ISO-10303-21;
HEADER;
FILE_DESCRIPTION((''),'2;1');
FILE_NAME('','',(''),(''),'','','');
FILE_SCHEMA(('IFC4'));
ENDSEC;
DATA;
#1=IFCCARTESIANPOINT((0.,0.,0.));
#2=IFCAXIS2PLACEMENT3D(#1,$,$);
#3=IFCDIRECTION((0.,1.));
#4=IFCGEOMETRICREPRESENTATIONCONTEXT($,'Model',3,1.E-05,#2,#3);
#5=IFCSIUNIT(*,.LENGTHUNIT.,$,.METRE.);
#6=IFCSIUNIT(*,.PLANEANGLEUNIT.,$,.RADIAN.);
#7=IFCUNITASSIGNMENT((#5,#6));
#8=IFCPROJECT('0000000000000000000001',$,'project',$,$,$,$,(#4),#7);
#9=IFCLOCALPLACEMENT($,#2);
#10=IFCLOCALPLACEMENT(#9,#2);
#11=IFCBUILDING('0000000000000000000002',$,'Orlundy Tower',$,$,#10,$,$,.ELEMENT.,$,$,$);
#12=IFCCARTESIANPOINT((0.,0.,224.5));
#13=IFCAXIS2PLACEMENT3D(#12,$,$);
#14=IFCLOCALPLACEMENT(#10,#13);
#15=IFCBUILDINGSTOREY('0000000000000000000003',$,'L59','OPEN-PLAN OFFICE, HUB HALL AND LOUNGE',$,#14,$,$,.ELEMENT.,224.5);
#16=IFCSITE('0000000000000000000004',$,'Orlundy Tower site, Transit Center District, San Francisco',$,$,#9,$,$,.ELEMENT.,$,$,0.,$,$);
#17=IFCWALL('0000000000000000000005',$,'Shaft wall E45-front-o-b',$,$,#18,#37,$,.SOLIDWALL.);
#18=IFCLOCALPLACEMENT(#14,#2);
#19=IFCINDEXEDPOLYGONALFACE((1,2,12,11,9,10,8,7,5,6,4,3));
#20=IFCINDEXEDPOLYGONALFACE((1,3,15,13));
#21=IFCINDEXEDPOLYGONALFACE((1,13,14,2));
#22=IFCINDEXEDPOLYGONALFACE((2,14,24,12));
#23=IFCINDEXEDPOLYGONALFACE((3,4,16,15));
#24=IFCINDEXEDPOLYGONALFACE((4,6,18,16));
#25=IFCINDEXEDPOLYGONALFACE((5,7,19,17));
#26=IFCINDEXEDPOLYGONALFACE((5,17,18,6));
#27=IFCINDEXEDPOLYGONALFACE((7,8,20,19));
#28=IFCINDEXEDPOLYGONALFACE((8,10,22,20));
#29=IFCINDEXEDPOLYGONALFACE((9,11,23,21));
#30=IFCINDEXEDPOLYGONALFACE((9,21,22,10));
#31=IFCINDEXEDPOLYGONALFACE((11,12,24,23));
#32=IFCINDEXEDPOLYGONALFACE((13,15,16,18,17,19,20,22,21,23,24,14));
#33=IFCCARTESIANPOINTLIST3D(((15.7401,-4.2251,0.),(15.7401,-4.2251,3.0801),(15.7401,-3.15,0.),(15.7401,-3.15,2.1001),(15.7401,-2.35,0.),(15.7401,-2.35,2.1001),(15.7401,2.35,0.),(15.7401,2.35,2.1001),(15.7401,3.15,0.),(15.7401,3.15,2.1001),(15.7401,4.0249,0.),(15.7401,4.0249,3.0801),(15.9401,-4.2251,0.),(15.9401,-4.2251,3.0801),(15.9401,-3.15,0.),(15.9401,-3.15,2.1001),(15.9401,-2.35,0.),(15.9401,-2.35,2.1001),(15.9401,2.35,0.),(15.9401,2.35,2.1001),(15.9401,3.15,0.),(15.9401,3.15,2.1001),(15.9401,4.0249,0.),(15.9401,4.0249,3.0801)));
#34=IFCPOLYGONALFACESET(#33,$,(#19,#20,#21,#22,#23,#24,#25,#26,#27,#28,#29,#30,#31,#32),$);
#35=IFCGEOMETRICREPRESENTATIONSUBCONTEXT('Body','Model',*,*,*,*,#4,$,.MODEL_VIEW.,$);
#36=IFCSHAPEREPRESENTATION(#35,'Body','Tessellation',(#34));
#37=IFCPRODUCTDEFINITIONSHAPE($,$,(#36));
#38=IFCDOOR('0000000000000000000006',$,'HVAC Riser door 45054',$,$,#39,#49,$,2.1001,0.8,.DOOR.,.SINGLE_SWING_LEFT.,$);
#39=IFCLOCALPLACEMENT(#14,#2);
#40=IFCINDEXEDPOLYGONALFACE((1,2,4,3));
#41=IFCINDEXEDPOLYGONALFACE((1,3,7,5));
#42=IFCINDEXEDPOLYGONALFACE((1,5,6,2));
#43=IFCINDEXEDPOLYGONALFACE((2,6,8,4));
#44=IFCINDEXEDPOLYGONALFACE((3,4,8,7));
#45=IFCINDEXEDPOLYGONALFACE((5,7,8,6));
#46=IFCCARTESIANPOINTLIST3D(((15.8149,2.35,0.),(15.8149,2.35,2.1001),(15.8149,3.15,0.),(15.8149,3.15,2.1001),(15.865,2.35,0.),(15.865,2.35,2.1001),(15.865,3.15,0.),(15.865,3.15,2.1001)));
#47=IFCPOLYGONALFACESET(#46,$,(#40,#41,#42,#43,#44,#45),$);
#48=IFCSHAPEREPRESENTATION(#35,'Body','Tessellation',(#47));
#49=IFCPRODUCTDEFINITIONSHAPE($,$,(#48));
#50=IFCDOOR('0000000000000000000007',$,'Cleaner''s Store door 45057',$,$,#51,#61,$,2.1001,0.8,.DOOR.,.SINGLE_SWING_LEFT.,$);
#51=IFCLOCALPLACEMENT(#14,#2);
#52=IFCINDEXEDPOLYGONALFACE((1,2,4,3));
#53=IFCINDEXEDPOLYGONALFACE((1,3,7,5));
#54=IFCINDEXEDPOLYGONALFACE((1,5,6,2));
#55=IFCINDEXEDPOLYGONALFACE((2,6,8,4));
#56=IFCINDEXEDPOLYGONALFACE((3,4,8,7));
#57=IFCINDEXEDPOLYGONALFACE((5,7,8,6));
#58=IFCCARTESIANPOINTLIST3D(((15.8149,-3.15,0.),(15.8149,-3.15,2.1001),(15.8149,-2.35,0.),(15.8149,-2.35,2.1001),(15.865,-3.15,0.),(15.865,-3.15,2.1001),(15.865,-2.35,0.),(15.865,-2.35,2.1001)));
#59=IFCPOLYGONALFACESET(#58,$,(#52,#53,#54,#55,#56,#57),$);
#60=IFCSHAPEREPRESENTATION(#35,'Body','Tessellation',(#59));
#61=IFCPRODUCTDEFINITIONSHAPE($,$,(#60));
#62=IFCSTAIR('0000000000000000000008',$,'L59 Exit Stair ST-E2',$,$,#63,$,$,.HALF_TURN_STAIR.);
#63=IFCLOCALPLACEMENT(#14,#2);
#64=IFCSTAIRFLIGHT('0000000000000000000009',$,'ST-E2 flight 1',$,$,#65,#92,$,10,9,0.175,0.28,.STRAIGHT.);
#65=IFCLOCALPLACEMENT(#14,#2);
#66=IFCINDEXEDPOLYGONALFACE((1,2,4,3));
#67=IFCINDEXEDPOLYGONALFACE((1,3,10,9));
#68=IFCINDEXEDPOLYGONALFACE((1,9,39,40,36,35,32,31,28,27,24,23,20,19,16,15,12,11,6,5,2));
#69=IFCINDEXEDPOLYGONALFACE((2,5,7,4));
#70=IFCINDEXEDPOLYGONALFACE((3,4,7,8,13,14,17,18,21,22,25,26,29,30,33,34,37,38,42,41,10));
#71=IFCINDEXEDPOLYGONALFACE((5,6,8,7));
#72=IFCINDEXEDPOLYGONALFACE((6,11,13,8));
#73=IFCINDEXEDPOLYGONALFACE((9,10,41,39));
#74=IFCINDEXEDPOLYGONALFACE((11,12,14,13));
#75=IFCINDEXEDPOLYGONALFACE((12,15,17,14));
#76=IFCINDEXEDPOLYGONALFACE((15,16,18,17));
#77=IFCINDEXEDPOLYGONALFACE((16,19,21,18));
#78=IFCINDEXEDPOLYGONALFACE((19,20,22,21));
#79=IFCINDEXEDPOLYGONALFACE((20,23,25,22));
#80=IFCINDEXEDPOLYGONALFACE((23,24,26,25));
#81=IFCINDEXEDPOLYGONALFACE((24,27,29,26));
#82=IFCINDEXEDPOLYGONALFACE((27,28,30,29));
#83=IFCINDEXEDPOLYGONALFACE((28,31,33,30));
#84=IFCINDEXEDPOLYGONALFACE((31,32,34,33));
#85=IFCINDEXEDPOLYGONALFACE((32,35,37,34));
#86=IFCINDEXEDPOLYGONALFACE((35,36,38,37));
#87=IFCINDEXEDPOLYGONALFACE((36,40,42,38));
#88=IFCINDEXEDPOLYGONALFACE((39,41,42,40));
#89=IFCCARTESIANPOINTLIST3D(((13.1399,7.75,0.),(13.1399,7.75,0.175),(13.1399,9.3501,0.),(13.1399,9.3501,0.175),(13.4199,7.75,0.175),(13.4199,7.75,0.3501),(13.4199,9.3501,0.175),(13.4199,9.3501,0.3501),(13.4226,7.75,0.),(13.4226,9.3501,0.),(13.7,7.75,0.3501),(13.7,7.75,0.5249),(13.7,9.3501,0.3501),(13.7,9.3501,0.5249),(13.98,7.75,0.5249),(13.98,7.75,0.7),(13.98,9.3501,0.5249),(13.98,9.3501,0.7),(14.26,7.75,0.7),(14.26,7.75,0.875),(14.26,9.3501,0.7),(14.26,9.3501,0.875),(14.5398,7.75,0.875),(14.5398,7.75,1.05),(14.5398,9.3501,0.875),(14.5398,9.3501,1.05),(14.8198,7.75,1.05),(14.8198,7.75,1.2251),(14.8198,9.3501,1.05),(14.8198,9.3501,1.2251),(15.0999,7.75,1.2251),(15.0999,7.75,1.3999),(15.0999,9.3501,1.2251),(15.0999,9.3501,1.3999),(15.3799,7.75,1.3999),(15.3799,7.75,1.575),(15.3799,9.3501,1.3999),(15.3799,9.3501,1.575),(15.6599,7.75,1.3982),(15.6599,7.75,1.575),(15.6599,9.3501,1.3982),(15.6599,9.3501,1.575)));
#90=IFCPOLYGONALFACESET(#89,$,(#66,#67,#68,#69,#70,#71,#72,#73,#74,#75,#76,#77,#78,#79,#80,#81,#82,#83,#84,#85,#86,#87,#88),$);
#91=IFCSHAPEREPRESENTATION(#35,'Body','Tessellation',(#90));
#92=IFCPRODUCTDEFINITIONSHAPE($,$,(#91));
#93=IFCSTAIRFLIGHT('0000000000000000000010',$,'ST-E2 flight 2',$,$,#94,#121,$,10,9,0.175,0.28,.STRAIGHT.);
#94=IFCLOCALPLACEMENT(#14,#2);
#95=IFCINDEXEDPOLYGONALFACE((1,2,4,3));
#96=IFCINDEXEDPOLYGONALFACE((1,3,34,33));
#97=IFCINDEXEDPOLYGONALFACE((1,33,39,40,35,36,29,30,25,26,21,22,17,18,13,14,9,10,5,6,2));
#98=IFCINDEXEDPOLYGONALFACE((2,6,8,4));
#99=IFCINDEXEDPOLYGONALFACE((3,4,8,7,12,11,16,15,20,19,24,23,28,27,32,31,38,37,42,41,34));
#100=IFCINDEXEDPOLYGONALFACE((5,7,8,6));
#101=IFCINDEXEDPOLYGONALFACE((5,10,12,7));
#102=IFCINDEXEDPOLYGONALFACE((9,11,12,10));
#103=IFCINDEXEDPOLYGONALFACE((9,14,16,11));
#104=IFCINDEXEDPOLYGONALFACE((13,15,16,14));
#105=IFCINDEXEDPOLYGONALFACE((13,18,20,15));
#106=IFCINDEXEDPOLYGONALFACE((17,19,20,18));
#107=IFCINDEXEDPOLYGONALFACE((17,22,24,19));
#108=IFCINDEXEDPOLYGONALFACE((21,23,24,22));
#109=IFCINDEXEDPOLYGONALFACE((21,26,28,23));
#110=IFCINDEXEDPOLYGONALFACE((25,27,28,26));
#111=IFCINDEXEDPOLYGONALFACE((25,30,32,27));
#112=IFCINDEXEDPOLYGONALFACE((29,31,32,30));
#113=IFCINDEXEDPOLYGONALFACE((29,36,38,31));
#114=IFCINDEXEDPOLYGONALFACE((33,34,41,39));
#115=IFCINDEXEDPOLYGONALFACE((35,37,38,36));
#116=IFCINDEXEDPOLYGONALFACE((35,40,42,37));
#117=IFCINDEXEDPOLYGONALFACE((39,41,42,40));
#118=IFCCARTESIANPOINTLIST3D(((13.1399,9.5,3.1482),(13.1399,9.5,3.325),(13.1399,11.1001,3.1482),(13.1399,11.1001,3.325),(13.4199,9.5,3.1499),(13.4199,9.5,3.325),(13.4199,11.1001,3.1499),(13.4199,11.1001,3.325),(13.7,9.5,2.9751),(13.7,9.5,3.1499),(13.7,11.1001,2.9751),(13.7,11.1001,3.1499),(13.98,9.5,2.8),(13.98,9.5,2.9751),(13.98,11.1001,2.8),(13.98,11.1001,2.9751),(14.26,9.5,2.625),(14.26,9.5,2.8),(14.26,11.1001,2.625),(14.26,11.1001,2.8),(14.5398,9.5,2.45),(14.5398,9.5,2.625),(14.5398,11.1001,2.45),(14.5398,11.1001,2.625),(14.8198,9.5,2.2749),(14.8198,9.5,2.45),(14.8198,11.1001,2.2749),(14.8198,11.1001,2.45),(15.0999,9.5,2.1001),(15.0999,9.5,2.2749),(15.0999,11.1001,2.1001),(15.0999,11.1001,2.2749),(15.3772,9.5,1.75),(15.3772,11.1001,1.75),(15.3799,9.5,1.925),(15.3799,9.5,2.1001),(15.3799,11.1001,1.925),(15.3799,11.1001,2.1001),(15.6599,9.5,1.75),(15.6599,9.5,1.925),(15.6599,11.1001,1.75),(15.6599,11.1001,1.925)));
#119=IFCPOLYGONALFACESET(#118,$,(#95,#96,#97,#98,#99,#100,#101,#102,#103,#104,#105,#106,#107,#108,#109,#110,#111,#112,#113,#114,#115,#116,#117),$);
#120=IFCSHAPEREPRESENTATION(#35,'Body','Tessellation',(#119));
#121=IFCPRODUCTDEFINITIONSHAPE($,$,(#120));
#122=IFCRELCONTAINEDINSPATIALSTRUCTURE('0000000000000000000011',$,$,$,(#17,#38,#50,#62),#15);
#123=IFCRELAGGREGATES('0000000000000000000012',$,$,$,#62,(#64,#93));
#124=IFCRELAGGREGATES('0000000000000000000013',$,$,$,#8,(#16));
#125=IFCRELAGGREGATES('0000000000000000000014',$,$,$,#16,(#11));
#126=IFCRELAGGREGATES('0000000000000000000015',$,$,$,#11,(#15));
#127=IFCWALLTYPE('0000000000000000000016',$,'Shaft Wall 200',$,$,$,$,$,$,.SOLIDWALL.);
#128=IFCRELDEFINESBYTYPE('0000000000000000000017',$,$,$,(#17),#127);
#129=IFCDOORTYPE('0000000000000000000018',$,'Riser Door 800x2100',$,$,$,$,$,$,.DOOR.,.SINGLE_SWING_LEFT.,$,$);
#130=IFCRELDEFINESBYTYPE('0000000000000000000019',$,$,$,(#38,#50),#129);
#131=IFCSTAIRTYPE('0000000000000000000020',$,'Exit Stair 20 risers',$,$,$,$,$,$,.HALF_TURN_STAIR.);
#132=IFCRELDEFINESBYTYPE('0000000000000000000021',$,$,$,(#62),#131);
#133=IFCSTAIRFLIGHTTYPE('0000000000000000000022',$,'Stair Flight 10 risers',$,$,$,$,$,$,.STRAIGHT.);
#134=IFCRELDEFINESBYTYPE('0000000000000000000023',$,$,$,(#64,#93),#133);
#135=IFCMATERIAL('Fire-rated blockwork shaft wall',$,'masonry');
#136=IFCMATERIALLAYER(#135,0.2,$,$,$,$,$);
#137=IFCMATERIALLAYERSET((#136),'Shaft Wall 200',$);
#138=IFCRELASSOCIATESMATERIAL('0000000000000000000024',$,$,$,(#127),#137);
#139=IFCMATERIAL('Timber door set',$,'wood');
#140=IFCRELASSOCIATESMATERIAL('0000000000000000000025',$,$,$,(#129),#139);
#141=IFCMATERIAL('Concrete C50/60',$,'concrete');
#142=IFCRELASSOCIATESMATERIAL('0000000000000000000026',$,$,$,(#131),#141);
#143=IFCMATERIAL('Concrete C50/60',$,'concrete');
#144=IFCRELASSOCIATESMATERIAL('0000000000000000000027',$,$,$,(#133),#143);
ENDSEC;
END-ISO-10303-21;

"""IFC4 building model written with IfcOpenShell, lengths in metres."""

from ifc_helpers import new_model, si_unit, direction, frame, frame_2d, origin, place, context, subcontext, project, spatial, polyline, rectangle, outline, extrude, material, layer, layer_set, type_object, element, fill, aggregate, save


model = new_model("IFC4")

# Units and contexts
model_context = context("Model", 3, precision=1e-05, world=origin(), true_north=direction((0.0, 1.0)))
body_context = subcontext(model_context, "Body", "Model", "MODEL_VIEW")
ifc_project = project(units=[si_unit("LENGTHUNIT", "METRE"), si_unit("PLANEANGLEUNIT", "RADIAN")], contexts=[model_context])

# Site, building, storey
site_placement = place(None, origin())
site = spatial("IfcSite", under=ifc_project, at=site_placement, Name="Orlundy Tower site, Transit Center District, San Francisco", CompositionType="ELEMENT", RefElevation=0.0)
building_placement = place(site_placement, origin())
building = spatial("IfcBuilding", under=site, at=building_placement, Name="Orlundy Tower", CompositionType="ELEMENT")
storey_placement = place(building_placement, frame((0.0, 0.0, 224.5)))
storey = spatial("IfcBuildingStorey", under=building, at=storey_placement, Name="L59", Description="OPEN-PLAN OFFICE, HUB HALL AND LOUNGE", CompositionType="ELEMENT", Elevation=224.5)

# Shared definitions
ifc_material_1 = material(Name="Fire-rated blockwork shaft wall", Category="masonry")
ifc_layer_1 = layer(ifc_material_1, 0.2)
ifc_layer_set_1 = layer_set([ifc_layer_1], Name="Shaft Wall 200")
wall_type_1 = type_object("IfcWallType", Name="Shaft Wall 200", PredefinedType="SOLIDWALL", material=ifc_layer_set_1)

# Shared definitions
ifc_material_2 = material(Name="Timber door set", Category="wood")
door_type_1 = type_object("IfcDoorType", Name="Riser Door 800x2100", OperationType="SINGLE_SWING_LEFT", PredefinedType="DOOR", material=ifc_material_2)

# Wall, openings, doors
wall_1_placement = place(storey_placement, frame((15.8401, 4.0249, 0.0), z_axis=(0.0, 0.0, 1.0), x_axis=(0.0, -1.0, 0.0)))
wall_1 = element("IfcWall", 1, at=wall_1_placement, inside=storey, type_object=wall_type_1, Name="Shaft wall E45-front-o-b", PredefinedType="SOLIDWALL", context=body_context, shape_type="SweptSolid", body=[
    extrude(rectangle(XDim=8.25, YDim=0.2, at=frame_2d((4.125, 0.0))), origin(), (0.0, 0.0, 1.0), 3.0801),
])
opening_1_placement = place(wall_1_placement, frame((0.875, 0.0, 0.0)))
opening_1 = element("IfcOpeningElement", 2, at=opening_1_placement, cuts=wall_1, PredefinedType="OPENING", context=body_context, shape_type="SweptSolid", body=[
    extrude(rectangle(XDim=0.8, YDim=2.1001, at=frame_2d((0.3999, 1.05))), frame((0.0, 0.1101, 0.0), z_axis=(0.0, -1.0, 0.0), x_axis=(1.0, 0.0, 0.0)), (0.0, 0.0, 1.0), 0.2202),
])
opening_2_placement = place(wall_1_placement, frame((6.375, 0.0, 0.0)))
opening_2 = element("IfcOpeningElement", 3, at=opening_2_placement, cuts=wall_1, PredefinedType="OPENING", context=body_context, shape_type="SweptSolid", body=[
    extrude(rectangle(XDim=0.8, YDim=2.1001, at=frame_2d((0.3999, 1.05))), frame((0.0, 0.1101, 0.0), z_axis=(0.0, -1.0, 0.0), x_axis=(1.0, 0.0, 0.0)), (0.0, 0.0, 1.0), 0.2202),
])
door_1_placement = place(opening_1_placement, origin())
door_1 = element("IfcDoor", 4, at=door_1_placement, inside=storey, type_object=door_type_1, Name="HVAC Riser door 45054", OperationType="SINGLE_SWING_LEFT", OverallHeight=2.1001, OverallWidth=0.8, PredefinedType="DOOR", context=body_context, shape_type="SweptSolid", body=[
    extrude(rectangle(XDim=0.8, YDim=2.1001, at=frame_2d((0.3999, 1.05))), frame((0.0, 0.0249, 0.0), z_axis=(0.0, -1.0, 0.0), x_axis=(1.0, 0.0, 0.0)), (0.0, 0.0, 1.0), 0.05),
])
fill(opening_1, door_1)
door_2_placement = place(opening_2_placement, origin())
door_2 = element("IfcDoor", 5, at=door_2_placement, inside=storey, type_object=door_type_1, Name="Cleaner's Store door 45057", OperationType="SINGLE_SWING_LEFT", OverallHeight=2.1001, OverallWidth=0.8, PredefinedType="DOOR", context=body_context, shape_type="SweptSolid", body=[
    extrude(rectangle(XDim=0.8, YDim=2.1001, at=frame_2d((0.3999, 1.05))), frame((0.0, 0.0249, 0.0), z_axis=(0.0, -1.0, 0.0), x_axis=(1.0, 0.0, 0.0)), (0.0, 0.0, 1.0), 0.05),
])
fill(opening_2, door_2)

# Stair, stair flights
ifc_material_3 = material(Name="Concrete C50/60", Category="concrete")
stair_type = type_object("IfcStairType", Name="Exit Stair 20 risers", PredefinedType="HALF_TURN_STAIR", material=ifc_material_3)
stair_placement = place(storey_placement, origin())
stair = element("IfcStair", 6, at=stair_placement, inside=storey, type_object=stair_type, Name="L59 Exit Stair ST-E2", PredefinedType="HALF_TURN_STAIR")
ifc_material_4 = material(Name="Concrete C50/60", Category="concrete")
stair_flight_type = type_object("IfcStairFlightType", Name="Stair Flight 10 risers", PredefinedType="STRAIGHT", material=ifc_material_4)
stair_flight_1_placement = place(storey_placement, frame((13.1399, 8.55, 0.0), z_axis=(0.0, 0.0, 1.0), x_axis=(1.0, 0.0, 0.0)))
stair_flight_1 = element("IfcStairFlight", 7, at=stair_flight_1_placement, type_object=stair_flight_type, Name="ST-E2 flight 1", NumberOfRisers=10, NumberOfTreads=9, PredefinedType="STRAIGHT", RiserHeight=0.175, TreadLength=0.28, context=body_context, shape_type="SweptSolid", body=[
    extrude(outline(polyline([(0.0, 0.0), (0.0, 0.175), (0.28, 0.175), (0.28, 0.3501), (0.5601, 0.3501), (0.5601, 0.5249), (0.8401, 0.5249), (0.8401, 0.7), (1.1201, 0.7), (1.1201, 0.875), (1.3999, 0.875), (1.3999, 1.05), (1.6799, 1.05), (1.6799, 1.2251), (1.96, 1.2251), (1.96, 1.3999), (2.24, 1.3999), (2.24, 1.575), (2.52, 1.575), (2.52, 1.75), (2.52, 1.3982), (0.2827, 0.0), (0.0, 0.0)])), frame((0.0, 0.8, 0.0), z_axis=(0.0, -1.0, 0.0), x_axis=(1.0, 0.0, 0.0)), (0.0, 0.0, 1.0), 1.6001),
])
stair_flight_2_placement = place(storey_placement, frame((15.6599, 10.3, 1.75), z_axis=(0.0, 0.0, 1.0), x_axis=(-1.0, 0.0, 0.0)))
stair_flight_2 = element("IfcStairFlight", 8, at=stair_flight_2_placement, type_object=stair_flight_type, Name="ST-E2 flight 2", NumberOfRisers=10, NumberOfTreads=9, PredefinedType="STRAIGHT", RiserHeight=0.175, TreadLength=0.28, context=body_context, shape_type="SweptSolid", body=[
    extrude(outline(polyline([(0.0, 0.0), (0.0, 0.175), (0.28, 0.175), (0.28, 0.3501), (0.5601, 0.3501), (0.5601, 0.5249), (0.8401, 0.5249), (0.8401, 0.7), (1.1201, 0.7), (1.1201, 0.875), (1.3999, 0.875), (1.3999, 1.05), (1.6799, 1.05), (1.6799, 1.2251), (1.96, 1.2251), (1.96, 1.3999), (2.24, 1.3999), (2.24, 1.575), (2.52, 1.575), (2.52, 1.75), (2.52, 1.3982), (0.2827, 0.0), (0.0, 0.0)])), frame((0.0, 0.8, 0.0), z_axis=(0.0, -1.0, 0.0), x_axis=(1.0, 0.0, 0.0)), (0.0, 0.0, 1.0), 1.6001),
])
aggregate(stair, [stair_flight_1, stair_flight_2])

save(model, "model.ifc")
